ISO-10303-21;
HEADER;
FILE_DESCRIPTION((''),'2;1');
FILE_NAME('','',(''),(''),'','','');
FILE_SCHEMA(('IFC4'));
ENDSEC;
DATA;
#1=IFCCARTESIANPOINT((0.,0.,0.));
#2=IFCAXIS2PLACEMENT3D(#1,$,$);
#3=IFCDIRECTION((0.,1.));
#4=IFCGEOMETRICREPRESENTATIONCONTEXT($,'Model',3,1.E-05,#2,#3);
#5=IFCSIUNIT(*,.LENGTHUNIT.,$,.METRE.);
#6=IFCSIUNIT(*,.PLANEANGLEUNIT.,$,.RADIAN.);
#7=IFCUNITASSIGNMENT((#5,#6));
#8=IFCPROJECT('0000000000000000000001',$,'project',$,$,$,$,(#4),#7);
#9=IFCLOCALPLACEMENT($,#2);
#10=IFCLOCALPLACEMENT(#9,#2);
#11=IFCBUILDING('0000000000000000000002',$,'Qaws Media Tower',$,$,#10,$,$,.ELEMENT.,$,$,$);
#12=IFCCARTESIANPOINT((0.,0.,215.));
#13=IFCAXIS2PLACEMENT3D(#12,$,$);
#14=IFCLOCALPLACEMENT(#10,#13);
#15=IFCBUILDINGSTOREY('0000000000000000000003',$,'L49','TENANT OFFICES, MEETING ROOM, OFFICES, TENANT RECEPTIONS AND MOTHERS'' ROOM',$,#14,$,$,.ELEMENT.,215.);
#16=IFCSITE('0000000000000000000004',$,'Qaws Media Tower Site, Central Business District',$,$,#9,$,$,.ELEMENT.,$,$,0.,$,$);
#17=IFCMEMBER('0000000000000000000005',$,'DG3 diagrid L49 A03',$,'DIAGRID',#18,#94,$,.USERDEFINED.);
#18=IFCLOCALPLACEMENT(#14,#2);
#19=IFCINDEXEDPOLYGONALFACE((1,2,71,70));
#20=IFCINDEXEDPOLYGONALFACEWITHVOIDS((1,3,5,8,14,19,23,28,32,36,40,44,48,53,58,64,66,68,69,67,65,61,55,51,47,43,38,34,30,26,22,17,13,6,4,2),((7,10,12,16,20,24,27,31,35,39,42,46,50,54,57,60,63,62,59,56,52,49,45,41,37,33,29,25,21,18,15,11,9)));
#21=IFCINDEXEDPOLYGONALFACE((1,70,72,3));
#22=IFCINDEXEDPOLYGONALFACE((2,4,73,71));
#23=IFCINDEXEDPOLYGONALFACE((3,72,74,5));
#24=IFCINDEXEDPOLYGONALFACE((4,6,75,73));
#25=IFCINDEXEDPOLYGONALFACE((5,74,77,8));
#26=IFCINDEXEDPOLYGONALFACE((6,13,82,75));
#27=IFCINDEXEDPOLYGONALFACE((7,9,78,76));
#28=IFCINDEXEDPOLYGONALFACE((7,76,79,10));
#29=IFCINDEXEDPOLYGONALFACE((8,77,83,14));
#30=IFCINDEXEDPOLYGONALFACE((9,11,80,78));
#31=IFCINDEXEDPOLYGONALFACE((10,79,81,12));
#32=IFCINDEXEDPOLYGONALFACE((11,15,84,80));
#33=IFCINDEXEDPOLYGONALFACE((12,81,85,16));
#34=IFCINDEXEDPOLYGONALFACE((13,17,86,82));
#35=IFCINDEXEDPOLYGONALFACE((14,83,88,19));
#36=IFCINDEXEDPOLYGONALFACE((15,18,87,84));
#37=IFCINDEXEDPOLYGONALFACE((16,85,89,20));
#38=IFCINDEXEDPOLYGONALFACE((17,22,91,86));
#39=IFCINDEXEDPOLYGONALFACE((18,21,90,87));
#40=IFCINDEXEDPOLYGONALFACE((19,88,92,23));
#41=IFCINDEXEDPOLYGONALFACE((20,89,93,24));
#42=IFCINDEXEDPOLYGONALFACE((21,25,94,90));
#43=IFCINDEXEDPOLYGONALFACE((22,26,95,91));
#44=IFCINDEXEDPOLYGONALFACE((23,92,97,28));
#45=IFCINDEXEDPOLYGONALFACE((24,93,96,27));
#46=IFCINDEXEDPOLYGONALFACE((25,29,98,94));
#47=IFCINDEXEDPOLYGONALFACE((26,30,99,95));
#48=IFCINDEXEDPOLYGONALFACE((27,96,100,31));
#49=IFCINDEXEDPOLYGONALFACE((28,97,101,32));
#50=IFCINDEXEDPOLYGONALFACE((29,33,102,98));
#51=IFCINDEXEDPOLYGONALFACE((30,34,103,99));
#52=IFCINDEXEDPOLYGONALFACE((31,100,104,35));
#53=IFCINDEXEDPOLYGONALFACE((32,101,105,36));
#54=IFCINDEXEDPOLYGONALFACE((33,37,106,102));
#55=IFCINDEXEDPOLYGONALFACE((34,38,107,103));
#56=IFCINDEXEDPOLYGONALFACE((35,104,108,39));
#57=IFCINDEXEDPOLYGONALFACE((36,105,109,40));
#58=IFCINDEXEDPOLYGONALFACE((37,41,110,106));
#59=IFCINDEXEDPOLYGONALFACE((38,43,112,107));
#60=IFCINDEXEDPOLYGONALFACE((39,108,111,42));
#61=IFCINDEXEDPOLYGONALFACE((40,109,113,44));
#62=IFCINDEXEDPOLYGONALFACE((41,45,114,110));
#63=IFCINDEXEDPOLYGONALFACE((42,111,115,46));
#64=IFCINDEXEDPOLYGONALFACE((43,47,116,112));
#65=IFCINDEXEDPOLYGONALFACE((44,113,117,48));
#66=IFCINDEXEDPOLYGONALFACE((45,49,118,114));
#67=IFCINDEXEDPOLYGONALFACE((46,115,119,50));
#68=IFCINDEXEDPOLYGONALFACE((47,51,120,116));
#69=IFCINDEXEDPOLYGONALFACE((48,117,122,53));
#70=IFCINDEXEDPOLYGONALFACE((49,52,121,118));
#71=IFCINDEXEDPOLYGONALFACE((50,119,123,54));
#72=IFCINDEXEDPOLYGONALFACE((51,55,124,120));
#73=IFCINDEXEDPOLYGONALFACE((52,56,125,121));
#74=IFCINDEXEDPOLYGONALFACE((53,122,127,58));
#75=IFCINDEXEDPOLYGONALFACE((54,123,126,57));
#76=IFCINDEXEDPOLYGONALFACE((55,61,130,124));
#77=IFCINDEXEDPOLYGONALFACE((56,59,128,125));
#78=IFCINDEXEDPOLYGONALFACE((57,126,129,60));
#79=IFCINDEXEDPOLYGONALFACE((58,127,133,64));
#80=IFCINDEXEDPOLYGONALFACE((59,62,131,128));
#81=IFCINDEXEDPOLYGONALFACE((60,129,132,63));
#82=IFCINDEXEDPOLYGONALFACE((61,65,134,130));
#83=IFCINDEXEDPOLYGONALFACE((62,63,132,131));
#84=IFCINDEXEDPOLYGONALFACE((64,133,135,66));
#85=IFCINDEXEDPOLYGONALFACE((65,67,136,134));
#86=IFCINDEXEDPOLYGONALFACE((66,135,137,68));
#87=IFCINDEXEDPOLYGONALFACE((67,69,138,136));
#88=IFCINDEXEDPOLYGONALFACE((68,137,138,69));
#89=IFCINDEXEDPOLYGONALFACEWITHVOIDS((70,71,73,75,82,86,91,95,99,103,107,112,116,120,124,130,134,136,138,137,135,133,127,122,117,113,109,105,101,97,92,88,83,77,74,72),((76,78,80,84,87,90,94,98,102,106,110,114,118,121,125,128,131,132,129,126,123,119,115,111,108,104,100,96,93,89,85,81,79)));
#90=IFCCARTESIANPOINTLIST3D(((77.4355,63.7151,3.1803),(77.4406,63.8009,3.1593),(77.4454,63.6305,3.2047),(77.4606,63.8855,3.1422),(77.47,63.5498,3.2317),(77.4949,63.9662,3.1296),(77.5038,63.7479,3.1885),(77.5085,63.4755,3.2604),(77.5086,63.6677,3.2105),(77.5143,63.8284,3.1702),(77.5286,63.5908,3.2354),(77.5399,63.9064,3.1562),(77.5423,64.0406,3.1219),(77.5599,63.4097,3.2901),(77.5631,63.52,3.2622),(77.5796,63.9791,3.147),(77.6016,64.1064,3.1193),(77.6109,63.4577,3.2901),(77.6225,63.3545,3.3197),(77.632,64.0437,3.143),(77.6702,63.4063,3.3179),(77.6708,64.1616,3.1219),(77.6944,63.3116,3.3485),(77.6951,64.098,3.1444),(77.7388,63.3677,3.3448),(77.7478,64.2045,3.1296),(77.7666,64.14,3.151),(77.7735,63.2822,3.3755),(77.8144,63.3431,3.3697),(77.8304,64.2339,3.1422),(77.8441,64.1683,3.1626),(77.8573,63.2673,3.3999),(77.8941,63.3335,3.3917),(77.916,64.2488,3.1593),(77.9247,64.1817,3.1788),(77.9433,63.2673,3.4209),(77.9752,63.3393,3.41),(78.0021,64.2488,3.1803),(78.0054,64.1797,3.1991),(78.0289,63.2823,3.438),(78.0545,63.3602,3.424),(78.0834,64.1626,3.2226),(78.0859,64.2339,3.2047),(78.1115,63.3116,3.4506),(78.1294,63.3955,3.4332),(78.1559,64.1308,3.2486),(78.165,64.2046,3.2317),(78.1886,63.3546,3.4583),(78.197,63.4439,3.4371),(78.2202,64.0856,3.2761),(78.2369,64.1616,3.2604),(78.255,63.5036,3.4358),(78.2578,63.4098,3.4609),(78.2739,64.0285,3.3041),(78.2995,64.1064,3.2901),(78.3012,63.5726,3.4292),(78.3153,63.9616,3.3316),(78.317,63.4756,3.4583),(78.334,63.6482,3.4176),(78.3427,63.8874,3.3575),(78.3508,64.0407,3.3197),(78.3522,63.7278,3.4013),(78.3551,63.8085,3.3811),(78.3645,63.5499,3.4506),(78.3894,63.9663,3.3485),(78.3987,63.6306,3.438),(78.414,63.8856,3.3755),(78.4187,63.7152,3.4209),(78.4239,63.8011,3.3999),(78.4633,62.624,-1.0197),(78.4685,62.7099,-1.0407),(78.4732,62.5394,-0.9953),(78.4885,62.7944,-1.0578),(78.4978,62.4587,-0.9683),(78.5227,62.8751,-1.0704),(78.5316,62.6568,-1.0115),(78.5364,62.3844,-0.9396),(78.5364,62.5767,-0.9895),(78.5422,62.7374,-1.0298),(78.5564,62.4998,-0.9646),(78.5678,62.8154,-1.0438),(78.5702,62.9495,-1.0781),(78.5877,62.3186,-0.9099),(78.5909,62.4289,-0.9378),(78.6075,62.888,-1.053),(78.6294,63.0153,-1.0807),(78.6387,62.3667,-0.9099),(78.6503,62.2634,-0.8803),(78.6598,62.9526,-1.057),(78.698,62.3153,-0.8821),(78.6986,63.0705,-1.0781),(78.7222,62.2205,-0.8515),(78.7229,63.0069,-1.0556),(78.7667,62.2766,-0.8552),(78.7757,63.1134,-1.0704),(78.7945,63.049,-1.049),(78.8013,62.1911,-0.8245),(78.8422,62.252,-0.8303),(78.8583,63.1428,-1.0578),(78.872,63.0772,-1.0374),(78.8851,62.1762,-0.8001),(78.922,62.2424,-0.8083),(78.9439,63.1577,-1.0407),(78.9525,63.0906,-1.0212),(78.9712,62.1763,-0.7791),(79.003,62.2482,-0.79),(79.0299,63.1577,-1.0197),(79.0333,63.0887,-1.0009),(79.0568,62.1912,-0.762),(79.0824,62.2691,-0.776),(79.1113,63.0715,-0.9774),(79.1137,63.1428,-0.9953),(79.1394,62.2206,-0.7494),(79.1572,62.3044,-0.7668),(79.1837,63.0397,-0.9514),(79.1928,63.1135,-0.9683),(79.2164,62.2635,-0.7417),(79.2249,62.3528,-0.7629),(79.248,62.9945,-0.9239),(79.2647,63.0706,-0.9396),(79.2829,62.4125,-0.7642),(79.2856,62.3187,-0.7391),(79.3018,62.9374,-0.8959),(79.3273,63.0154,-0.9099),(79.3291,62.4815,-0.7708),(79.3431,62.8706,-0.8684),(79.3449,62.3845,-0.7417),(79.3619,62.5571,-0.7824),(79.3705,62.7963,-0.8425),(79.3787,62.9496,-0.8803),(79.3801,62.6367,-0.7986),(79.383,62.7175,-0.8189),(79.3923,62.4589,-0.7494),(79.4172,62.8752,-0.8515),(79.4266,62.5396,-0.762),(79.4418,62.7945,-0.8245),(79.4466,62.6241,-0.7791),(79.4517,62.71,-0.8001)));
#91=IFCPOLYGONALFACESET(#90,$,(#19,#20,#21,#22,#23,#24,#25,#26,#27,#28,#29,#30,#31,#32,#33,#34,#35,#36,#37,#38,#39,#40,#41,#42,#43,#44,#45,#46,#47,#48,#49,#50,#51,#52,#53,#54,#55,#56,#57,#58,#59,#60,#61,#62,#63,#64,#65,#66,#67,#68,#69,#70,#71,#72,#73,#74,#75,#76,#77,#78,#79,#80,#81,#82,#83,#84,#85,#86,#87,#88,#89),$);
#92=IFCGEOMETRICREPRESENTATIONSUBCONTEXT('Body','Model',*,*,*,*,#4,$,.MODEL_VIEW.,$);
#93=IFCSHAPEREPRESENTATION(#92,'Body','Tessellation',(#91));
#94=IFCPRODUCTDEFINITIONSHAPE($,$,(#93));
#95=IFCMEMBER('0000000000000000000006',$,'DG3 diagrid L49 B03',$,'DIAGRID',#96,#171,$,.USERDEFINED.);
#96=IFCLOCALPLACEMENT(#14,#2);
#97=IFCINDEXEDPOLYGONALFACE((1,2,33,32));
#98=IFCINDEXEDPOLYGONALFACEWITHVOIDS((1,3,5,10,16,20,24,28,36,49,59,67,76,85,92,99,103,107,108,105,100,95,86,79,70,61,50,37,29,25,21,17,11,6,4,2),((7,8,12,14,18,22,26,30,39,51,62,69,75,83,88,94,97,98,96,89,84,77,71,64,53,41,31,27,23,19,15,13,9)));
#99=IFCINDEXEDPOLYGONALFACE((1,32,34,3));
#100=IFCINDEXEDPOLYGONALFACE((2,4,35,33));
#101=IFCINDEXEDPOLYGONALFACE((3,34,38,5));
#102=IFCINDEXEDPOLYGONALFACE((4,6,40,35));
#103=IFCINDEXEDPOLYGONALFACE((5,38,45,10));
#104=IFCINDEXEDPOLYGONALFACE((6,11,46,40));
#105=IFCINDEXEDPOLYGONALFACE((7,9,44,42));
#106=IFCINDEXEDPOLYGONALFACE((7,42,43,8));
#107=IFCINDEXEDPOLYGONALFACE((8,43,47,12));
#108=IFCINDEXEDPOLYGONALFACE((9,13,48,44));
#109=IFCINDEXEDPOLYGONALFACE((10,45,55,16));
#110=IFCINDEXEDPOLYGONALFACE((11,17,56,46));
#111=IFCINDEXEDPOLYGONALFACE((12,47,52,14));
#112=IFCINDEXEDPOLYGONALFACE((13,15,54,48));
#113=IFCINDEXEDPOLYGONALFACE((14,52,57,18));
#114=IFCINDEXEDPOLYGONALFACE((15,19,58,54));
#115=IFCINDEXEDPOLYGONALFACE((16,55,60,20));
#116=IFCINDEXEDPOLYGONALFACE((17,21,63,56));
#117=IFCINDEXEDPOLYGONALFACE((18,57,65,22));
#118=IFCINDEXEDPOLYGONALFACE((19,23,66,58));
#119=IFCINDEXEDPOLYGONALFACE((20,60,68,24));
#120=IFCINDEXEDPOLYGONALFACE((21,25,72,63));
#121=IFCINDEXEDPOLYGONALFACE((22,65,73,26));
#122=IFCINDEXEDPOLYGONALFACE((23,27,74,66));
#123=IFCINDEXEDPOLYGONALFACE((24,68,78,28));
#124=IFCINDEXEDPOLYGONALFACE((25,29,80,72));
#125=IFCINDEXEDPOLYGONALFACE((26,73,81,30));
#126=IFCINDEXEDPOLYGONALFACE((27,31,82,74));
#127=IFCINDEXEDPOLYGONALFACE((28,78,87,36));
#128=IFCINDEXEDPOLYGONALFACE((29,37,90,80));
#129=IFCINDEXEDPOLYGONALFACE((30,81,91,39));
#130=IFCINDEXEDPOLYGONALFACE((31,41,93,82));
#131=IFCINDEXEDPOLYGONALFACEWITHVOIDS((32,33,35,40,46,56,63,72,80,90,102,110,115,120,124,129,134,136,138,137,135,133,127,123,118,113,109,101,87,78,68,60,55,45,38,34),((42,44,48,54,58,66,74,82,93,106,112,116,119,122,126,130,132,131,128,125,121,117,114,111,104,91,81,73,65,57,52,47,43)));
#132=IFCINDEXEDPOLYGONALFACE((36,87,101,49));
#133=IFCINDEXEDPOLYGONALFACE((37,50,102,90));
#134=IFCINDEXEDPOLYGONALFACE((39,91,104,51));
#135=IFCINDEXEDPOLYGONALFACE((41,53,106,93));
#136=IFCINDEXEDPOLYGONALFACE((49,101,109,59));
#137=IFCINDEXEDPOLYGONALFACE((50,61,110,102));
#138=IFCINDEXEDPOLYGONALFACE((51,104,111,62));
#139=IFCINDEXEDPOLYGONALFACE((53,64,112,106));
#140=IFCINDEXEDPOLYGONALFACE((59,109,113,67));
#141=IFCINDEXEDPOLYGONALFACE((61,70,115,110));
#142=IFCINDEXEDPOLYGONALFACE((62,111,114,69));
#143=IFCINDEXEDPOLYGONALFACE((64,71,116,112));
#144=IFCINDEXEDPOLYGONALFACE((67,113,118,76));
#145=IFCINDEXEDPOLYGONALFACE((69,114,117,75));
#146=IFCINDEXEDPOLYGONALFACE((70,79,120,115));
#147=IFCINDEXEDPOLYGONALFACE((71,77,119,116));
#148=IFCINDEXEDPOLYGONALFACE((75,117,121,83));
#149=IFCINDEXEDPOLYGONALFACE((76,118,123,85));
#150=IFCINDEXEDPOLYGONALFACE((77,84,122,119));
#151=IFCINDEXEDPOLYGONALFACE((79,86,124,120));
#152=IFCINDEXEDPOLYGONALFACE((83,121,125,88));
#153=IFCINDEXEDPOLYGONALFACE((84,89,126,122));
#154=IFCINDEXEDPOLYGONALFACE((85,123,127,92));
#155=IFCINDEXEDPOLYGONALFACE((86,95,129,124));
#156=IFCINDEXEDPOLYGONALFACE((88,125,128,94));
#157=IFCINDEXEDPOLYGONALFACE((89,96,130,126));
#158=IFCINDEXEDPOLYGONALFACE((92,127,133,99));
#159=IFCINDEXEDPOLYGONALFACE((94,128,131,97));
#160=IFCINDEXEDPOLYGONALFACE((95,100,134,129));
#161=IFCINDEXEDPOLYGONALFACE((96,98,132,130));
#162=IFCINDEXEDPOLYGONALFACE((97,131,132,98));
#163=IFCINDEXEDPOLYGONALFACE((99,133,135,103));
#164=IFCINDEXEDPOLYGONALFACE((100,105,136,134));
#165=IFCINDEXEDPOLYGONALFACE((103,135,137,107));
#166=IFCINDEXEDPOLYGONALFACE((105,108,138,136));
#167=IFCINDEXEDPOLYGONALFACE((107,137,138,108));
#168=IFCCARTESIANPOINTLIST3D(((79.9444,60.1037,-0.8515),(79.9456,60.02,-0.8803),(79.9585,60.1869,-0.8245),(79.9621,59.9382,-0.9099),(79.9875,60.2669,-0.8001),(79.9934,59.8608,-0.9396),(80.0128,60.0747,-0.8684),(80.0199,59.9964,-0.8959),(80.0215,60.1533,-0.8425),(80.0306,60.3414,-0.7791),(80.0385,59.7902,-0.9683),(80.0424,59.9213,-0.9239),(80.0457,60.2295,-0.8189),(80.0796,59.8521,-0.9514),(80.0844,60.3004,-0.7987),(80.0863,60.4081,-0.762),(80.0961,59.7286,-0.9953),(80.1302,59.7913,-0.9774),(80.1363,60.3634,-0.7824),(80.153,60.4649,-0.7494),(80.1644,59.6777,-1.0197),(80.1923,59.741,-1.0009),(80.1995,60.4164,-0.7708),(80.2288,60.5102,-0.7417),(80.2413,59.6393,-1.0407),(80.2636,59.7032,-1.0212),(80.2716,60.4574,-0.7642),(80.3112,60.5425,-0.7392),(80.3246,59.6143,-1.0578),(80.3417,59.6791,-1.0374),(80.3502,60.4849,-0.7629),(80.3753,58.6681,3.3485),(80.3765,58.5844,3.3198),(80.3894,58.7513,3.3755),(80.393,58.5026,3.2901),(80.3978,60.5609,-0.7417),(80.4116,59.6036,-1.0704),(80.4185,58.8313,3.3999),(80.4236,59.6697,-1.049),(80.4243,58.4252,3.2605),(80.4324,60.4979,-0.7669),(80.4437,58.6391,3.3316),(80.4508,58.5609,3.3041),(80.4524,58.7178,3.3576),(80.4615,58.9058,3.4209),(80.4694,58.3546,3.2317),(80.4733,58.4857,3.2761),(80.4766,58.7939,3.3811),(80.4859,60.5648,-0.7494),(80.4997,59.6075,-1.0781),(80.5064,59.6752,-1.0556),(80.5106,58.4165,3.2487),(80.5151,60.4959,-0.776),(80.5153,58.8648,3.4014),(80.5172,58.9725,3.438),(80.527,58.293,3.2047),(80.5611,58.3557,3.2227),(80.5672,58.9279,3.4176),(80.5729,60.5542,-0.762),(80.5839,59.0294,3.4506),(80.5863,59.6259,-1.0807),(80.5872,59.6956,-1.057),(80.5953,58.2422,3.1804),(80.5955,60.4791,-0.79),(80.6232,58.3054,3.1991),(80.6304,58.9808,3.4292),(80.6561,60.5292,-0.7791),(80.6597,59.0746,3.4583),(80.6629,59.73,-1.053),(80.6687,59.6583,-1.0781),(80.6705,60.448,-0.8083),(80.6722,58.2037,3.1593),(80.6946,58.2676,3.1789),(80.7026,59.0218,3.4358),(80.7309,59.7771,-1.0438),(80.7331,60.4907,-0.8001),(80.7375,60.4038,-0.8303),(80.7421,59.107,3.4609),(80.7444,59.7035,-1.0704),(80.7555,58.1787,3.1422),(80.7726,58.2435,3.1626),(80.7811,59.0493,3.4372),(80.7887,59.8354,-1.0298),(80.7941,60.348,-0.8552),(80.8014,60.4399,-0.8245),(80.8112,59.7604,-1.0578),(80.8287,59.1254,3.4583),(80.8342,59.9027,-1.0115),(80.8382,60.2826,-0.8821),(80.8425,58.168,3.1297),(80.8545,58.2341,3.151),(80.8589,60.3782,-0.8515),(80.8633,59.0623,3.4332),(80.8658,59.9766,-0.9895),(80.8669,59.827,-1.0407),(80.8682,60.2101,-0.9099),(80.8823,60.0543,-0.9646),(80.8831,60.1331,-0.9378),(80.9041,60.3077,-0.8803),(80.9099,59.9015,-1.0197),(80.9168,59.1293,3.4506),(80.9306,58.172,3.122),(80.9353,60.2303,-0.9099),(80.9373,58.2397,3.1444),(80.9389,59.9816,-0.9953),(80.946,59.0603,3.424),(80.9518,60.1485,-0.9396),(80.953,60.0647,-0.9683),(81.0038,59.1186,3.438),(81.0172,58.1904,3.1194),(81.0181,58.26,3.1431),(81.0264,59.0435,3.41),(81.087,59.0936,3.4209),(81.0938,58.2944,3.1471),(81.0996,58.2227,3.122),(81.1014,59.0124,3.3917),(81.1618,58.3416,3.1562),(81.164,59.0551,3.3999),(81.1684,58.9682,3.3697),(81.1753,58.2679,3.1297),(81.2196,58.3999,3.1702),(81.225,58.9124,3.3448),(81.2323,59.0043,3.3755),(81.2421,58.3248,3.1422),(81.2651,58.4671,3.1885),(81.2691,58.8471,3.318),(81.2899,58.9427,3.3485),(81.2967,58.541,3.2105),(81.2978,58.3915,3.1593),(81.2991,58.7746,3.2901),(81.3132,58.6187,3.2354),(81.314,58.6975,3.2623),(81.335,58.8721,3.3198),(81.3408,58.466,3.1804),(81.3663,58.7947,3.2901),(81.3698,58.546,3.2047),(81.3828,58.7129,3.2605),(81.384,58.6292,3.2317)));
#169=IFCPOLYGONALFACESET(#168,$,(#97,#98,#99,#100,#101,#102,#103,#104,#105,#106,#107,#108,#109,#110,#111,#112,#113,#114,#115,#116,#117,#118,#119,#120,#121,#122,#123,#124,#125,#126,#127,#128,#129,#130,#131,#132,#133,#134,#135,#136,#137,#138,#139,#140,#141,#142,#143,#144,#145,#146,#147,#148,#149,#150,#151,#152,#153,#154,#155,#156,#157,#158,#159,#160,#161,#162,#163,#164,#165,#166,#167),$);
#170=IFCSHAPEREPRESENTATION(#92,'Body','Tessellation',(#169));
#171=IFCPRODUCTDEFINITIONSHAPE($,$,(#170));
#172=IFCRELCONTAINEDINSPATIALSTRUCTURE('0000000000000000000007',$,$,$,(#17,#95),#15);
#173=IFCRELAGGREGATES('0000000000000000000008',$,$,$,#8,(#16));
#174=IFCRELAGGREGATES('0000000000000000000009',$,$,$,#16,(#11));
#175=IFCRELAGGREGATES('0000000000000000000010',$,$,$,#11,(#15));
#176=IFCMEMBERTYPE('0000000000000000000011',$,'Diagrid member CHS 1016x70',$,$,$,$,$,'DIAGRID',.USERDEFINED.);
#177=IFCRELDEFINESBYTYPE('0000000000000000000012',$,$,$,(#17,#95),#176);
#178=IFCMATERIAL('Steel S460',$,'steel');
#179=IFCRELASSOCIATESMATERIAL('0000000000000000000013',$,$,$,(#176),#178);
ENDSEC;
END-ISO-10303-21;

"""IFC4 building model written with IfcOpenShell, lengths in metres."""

from ifc_helpers import new_model, si_unit, direction, frame, origin, origin_2d, place, context, subcontext, project, spatial, hollow_circle, extrude, material, material_profile, profile_set, type_object, element, save


model = new_model("IFC4")

# Units and contexts
model_context = context("Model", 3, precision=1e-05, world=origin(), true_north=direction((0.0, 1.0)))
body_context = subcontext(model_context, "Body", "Model", "MODEL_VIEW")
ifc_project = project(units=[si_unit("LENGTHUNIT", "METRE"), si_unit("PLANEANGLEUNIT", "RADIAN")], contexts=[model_context])

# Site, building, storey
site_placement = place(None, origin())
site = spatial("IfcSite", under=ifc_project, at=site_placement, Name="Qaws Media Tower Site, Central Business District", CompositionType="ELEMENT", RefElevation=0.0)
building_placement = place(site_placement, origin())
building = spatial("IfcBuilding", under=site, at=building_placement, Name="Qaws Media Tower", CompositionType="ELEMENT")
storey_placement = place(building_placement, frame((0.0, 0.0, 215.0)))
storey = spatial("IfcBuildingStorey", under=building, at=storey_placement, Name="L49", Description="TENANT OFFICES, MEETING ROOM, OFFICES, TENANT RECEPTIONS AND MOTHERS' ROOM", CompositionType="ELEMENT", Elevation=215.0)

# Members
ifc_material_1 = material(Name="Steel S460", Category="steel")
ifc_material_profile_1 = material_profile(ifc_material_1, hollow_circle(Radius=0.5081, WallThickness=0.0701, at=origin_2d()), Name="CHS 1016x70")
ifc_profile_set_1 = profile_set([ifc_material_profile_1], Name="Steel S460")
member_type_1 = type_object("IfcMemberType", Name="Diagrid member CHS 1016x70", ElementType="DIAGRID", PredefinedType="USERDEFINED", material=ifc_profile_set_1)
for number, where, z_axis, x_axis, name in (
    (1, (78.9575, 62.667, -0.9099), (-0.230485, 0.244665, 0.941815), (-0.727884, -0.6857, 0.0), "DG3 diagrid L49 A03"),
    (2, (80.4487, 60.0842, -0.9099), (0.09663, -0.321916, 0.941824), (0.957781, 0.287497, 0.0), "DG3 diagrid L49 B03"),
):
    element("IfcMember", number, at=place(storey_placement, frame(where, z_axis=z_axis, x_axis=x_axis)), inside=storey, type_object=member_type_1, Name=name, ObjectType="DIAGRID", PredefinedType="USERDEFINED", context=body_context, shape_type="SweptSolid", body=[
        extrude(hollow_circle(Radius=0.5081, WallThickness=0.0701, at=origin_2d()), origin(), (0.0, 0.0, 1.0), 4.4595),
    ])

save(model, "model.ifc")
